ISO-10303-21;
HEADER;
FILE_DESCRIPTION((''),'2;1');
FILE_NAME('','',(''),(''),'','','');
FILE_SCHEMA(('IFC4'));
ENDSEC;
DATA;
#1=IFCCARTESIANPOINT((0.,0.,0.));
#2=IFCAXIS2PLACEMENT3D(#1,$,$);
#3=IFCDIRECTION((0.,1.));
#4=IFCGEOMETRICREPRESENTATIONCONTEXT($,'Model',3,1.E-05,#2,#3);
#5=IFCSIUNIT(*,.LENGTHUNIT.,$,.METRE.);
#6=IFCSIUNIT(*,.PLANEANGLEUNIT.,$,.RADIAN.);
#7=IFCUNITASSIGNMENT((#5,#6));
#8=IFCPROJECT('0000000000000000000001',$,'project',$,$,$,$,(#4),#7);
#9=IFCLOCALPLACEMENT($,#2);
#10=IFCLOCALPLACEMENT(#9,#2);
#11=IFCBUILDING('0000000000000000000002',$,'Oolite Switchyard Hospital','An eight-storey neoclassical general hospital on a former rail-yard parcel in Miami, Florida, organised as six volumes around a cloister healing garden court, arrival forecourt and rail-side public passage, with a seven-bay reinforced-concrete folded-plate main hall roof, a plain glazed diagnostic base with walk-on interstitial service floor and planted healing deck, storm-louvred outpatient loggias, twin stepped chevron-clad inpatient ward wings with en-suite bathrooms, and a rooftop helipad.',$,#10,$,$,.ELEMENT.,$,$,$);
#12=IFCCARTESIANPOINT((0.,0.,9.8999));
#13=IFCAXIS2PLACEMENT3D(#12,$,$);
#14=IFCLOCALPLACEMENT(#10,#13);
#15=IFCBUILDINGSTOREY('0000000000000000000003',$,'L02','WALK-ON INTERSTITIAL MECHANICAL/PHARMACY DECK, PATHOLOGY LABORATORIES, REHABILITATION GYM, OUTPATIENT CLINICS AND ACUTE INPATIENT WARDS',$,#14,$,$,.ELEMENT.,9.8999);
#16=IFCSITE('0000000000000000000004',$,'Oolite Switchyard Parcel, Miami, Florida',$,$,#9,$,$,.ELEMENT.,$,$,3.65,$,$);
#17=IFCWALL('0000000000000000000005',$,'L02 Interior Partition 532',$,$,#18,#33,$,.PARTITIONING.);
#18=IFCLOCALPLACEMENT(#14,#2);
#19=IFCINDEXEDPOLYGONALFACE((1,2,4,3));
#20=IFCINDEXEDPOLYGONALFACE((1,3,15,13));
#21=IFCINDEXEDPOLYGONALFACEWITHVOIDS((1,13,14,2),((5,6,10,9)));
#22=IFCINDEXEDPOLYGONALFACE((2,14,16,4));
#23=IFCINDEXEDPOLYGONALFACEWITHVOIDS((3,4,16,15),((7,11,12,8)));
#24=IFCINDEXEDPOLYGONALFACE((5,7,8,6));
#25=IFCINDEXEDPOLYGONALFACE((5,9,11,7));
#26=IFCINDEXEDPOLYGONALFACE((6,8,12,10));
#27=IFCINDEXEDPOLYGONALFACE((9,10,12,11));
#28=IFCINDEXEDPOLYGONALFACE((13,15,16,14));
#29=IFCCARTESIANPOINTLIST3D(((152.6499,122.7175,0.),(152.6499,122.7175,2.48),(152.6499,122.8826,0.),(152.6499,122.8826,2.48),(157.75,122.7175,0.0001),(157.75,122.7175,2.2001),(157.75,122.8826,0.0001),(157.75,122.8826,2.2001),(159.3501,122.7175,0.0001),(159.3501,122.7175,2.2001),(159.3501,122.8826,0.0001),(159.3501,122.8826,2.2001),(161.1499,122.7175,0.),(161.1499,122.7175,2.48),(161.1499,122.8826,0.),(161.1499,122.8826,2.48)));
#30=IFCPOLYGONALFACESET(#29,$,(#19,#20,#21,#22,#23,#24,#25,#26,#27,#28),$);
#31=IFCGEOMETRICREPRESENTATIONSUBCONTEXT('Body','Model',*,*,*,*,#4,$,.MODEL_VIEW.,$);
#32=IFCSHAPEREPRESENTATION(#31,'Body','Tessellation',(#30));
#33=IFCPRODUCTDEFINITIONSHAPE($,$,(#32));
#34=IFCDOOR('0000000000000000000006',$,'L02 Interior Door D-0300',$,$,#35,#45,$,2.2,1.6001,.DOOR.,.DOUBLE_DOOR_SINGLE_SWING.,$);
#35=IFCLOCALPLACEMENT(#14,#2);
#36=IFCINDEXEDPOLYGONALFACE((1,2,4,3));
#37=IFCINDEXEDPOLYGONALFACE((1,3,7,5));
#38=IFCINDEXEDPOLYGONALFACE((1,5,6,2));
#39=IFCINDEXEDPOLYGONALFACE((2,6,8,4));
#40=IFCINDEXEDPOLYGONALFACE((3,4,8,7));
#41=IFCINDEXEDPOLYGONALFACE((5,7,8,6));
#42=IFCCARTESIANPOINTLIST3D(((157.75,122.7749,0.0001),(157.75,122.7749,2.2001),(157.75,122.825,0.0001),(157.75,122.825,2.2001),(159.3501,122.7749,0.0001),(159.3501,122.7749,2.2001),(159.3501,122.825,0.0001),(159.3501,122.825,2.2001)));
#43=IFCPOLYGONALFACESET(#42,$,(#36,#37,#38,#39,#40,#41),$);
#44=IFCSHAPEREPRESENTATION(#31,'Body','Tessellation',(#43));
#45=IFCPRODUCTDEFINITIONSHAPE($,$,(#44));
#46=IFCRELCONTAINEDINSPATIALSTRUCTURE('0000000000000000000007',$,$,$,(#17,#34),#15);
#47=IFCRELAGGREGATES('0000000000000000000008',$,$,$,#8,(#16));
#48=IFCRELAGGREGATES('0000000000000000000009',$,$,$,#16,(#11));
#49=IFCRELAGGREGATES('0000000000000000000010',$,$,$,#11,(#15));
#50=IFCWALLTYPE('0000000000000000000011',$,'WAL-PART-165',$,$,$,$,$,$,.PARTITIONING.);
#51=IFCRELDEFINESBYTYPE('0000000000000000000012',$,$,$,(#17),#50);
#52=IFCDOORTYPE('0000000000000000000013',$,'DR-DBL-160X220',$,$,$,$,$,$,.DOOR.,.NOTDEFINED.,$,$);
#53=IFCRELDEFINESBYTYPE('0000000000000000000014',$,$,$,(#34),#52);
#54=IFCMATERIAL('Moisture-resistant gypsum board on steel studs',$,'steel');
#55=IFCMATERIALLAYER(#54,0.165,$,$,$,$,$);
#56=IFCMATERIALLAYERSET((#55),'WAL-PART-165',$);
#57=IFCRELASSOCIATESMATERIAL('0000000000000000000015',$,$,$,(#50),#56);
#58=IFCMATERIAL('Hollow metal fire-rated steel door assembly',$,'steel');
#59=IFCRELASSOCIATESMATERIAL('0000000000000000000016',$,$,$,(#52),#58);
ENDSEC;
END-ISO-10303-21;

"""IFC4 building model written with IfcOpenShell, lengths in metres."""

from ifc_helpers import new_model, si_unit, direction, frame, frame_2d, origin, place, context, subcontext, project, spatial, rectangle, extrude, material, layer, layer_set, type_object, element, fill, save


model = new_model("IFC4")

# Units and contexts
model_context = context("Model", 3, precision=1e-05, world=origin(), true_north=direction((0.0, 1.0)))
body_context = subcontext(model_context, "Body", "Model", "MODEL_VIEW")
ifc_project = project(units=[si_unit("LENGTHUNIT", "METRE"), si_unit("PLANEANGLEUNIT", "RADIAN")], contexts=[model_context])

# Site, building, storey
site_placement = place(None, origin())
site = spatial("IfcSite", under=ifc_project, at=site_placement, Name="Oolite Switchyard Parcel, Miami, Florida", CompositionType="ELEMENT", RefElevation=3.65)
building_placement = place(site_placement, origin())
building = spatial("IfcBuilding", under=site, at=building_placement, Name="Oolite Switchyard Hospital", Description="An eight-storey neoclassical general hospital on a former rail-yard parcel in Miami, Florida, organised as six volumes around a cloister healing garden court, arrival forecourt and rail-side public passage, with a seven-bay reinforced-concrete folded-plate main hall roof, a plain glazed diagnostic base with walk-on interstitial service floor and planted healing deck, storm-louvred outpatient loggias, twin stepped chevron-clad inpatient ward wings with en-suite bathrooms, and a rooftop helipad.", CompositionType="ELEMENT")
storey_placement = place(building_placement, frame((0.0, 0.0, 9.8999)))
storey = spatial("IfcBuildingStorey", under=building, at=storey_placement, Name="L02", Description="WALK-ON INTERSTITIAL MECHANICAL/PHARMACY DECK, PATHOLOGY LABORATORIES, REHABILITATION GYM, OUTPATIENT CLINICS AND ACUTE INPATIENT WARDS", CompositionType="ELEMENT", Elevation=9.8999)

# Shared definitions
ifc_material_1 = material(Name="Moisture-resistant gypsum board on steel studs", Category="steel")

# Wall, opening, door
ifc_layer_1 = layer(ifc_material_1, 0.165)
ifc_layer_set_1 = layer_set([ifc_layer_1], Name="WAL-PART-165")
wall_type_1 = type_object("IfcWallType", Name="WAL-PART-165", PredefinedType="PARTITIONING", material=ifc_layer_set_1)
wall_1_placement = place(storey_placement, frame((152.6499, 122.8, 0.0), z_axis=(0.0, 0.0, 1.0), x_axis=(1.0, 0.0, 0.0)))
wall_1 = element("IfcWall", 1, at=wall_1_placement, inside=storey, type_object=wall_type_1, Name="L02 Interior Partition 532", PredefinedType="PARTITIONING", context=body_context, shape_type="SweptSolid", body=[
    extrude(rectangle(XDim=8.5, YDim=0.165, at=frame_2d((4.25, 0.0))), origin(), (0.0, 0.0, 1.0), 2.48),
])
opening_1_placement = place(wall_1_placement, frame((5.1001, 0.0, 0.0)))
opening_1 = element("IfcOpeningElement", 2, at=opening_1_placement, cuts=wall_1, PredefinedType="OPENING", context=body_context, shape_type="SweptSolid", body=[
    extrude(rectangle(XDim=1.6001, YDim=2.2, at=frame_2d((0.8, 1.1001))), frame((0.0, 0.0925, 0.0), z_axis=(0.0, -1.0, 0.0), x_axis=(1.0, 0.0, 0.0)), (0.0, 0.0, 1.0), 0.1851),
])
ifc_material_2 = material(Name="Hollow metal fire-rated steel door assembly", Category="steel")
door_type_1 = type_object("IfcDoorType", Name="DR-DBL-160X220", OperationType="NOTDEFINED", PredefinedType="DOOR", material=ifc_material_2)
door_1_placement = place(opening_1_placement, origin())
door_1 = element("IfcDoor", 3, at=door_1_placement, inside=storey, type_object=door_type_1, Name="L02 Interior Door D-0300", OperationType="DOUBLE_DOOR_SINGLE_SWING", OverallHeight=2.2, OverallWidth=1.6001, PredefinedType="DOOR", context=body_context, shape_type="SweptSolid", body=[
    extrude(rectangle(XDim=1.6001, YDim=2.2, at=frame_2d((0.8, 1.1001))), frame((0.0, 0.0249, 0.0), z_axis=(0.0, -1.0, 0.0), x_axis=(1.0, 0.0, 0.0)), (0.0, 0.0, 1.0), 0.05),
])
fill(opening_1, door_1)

save(model, "model.ifc")
